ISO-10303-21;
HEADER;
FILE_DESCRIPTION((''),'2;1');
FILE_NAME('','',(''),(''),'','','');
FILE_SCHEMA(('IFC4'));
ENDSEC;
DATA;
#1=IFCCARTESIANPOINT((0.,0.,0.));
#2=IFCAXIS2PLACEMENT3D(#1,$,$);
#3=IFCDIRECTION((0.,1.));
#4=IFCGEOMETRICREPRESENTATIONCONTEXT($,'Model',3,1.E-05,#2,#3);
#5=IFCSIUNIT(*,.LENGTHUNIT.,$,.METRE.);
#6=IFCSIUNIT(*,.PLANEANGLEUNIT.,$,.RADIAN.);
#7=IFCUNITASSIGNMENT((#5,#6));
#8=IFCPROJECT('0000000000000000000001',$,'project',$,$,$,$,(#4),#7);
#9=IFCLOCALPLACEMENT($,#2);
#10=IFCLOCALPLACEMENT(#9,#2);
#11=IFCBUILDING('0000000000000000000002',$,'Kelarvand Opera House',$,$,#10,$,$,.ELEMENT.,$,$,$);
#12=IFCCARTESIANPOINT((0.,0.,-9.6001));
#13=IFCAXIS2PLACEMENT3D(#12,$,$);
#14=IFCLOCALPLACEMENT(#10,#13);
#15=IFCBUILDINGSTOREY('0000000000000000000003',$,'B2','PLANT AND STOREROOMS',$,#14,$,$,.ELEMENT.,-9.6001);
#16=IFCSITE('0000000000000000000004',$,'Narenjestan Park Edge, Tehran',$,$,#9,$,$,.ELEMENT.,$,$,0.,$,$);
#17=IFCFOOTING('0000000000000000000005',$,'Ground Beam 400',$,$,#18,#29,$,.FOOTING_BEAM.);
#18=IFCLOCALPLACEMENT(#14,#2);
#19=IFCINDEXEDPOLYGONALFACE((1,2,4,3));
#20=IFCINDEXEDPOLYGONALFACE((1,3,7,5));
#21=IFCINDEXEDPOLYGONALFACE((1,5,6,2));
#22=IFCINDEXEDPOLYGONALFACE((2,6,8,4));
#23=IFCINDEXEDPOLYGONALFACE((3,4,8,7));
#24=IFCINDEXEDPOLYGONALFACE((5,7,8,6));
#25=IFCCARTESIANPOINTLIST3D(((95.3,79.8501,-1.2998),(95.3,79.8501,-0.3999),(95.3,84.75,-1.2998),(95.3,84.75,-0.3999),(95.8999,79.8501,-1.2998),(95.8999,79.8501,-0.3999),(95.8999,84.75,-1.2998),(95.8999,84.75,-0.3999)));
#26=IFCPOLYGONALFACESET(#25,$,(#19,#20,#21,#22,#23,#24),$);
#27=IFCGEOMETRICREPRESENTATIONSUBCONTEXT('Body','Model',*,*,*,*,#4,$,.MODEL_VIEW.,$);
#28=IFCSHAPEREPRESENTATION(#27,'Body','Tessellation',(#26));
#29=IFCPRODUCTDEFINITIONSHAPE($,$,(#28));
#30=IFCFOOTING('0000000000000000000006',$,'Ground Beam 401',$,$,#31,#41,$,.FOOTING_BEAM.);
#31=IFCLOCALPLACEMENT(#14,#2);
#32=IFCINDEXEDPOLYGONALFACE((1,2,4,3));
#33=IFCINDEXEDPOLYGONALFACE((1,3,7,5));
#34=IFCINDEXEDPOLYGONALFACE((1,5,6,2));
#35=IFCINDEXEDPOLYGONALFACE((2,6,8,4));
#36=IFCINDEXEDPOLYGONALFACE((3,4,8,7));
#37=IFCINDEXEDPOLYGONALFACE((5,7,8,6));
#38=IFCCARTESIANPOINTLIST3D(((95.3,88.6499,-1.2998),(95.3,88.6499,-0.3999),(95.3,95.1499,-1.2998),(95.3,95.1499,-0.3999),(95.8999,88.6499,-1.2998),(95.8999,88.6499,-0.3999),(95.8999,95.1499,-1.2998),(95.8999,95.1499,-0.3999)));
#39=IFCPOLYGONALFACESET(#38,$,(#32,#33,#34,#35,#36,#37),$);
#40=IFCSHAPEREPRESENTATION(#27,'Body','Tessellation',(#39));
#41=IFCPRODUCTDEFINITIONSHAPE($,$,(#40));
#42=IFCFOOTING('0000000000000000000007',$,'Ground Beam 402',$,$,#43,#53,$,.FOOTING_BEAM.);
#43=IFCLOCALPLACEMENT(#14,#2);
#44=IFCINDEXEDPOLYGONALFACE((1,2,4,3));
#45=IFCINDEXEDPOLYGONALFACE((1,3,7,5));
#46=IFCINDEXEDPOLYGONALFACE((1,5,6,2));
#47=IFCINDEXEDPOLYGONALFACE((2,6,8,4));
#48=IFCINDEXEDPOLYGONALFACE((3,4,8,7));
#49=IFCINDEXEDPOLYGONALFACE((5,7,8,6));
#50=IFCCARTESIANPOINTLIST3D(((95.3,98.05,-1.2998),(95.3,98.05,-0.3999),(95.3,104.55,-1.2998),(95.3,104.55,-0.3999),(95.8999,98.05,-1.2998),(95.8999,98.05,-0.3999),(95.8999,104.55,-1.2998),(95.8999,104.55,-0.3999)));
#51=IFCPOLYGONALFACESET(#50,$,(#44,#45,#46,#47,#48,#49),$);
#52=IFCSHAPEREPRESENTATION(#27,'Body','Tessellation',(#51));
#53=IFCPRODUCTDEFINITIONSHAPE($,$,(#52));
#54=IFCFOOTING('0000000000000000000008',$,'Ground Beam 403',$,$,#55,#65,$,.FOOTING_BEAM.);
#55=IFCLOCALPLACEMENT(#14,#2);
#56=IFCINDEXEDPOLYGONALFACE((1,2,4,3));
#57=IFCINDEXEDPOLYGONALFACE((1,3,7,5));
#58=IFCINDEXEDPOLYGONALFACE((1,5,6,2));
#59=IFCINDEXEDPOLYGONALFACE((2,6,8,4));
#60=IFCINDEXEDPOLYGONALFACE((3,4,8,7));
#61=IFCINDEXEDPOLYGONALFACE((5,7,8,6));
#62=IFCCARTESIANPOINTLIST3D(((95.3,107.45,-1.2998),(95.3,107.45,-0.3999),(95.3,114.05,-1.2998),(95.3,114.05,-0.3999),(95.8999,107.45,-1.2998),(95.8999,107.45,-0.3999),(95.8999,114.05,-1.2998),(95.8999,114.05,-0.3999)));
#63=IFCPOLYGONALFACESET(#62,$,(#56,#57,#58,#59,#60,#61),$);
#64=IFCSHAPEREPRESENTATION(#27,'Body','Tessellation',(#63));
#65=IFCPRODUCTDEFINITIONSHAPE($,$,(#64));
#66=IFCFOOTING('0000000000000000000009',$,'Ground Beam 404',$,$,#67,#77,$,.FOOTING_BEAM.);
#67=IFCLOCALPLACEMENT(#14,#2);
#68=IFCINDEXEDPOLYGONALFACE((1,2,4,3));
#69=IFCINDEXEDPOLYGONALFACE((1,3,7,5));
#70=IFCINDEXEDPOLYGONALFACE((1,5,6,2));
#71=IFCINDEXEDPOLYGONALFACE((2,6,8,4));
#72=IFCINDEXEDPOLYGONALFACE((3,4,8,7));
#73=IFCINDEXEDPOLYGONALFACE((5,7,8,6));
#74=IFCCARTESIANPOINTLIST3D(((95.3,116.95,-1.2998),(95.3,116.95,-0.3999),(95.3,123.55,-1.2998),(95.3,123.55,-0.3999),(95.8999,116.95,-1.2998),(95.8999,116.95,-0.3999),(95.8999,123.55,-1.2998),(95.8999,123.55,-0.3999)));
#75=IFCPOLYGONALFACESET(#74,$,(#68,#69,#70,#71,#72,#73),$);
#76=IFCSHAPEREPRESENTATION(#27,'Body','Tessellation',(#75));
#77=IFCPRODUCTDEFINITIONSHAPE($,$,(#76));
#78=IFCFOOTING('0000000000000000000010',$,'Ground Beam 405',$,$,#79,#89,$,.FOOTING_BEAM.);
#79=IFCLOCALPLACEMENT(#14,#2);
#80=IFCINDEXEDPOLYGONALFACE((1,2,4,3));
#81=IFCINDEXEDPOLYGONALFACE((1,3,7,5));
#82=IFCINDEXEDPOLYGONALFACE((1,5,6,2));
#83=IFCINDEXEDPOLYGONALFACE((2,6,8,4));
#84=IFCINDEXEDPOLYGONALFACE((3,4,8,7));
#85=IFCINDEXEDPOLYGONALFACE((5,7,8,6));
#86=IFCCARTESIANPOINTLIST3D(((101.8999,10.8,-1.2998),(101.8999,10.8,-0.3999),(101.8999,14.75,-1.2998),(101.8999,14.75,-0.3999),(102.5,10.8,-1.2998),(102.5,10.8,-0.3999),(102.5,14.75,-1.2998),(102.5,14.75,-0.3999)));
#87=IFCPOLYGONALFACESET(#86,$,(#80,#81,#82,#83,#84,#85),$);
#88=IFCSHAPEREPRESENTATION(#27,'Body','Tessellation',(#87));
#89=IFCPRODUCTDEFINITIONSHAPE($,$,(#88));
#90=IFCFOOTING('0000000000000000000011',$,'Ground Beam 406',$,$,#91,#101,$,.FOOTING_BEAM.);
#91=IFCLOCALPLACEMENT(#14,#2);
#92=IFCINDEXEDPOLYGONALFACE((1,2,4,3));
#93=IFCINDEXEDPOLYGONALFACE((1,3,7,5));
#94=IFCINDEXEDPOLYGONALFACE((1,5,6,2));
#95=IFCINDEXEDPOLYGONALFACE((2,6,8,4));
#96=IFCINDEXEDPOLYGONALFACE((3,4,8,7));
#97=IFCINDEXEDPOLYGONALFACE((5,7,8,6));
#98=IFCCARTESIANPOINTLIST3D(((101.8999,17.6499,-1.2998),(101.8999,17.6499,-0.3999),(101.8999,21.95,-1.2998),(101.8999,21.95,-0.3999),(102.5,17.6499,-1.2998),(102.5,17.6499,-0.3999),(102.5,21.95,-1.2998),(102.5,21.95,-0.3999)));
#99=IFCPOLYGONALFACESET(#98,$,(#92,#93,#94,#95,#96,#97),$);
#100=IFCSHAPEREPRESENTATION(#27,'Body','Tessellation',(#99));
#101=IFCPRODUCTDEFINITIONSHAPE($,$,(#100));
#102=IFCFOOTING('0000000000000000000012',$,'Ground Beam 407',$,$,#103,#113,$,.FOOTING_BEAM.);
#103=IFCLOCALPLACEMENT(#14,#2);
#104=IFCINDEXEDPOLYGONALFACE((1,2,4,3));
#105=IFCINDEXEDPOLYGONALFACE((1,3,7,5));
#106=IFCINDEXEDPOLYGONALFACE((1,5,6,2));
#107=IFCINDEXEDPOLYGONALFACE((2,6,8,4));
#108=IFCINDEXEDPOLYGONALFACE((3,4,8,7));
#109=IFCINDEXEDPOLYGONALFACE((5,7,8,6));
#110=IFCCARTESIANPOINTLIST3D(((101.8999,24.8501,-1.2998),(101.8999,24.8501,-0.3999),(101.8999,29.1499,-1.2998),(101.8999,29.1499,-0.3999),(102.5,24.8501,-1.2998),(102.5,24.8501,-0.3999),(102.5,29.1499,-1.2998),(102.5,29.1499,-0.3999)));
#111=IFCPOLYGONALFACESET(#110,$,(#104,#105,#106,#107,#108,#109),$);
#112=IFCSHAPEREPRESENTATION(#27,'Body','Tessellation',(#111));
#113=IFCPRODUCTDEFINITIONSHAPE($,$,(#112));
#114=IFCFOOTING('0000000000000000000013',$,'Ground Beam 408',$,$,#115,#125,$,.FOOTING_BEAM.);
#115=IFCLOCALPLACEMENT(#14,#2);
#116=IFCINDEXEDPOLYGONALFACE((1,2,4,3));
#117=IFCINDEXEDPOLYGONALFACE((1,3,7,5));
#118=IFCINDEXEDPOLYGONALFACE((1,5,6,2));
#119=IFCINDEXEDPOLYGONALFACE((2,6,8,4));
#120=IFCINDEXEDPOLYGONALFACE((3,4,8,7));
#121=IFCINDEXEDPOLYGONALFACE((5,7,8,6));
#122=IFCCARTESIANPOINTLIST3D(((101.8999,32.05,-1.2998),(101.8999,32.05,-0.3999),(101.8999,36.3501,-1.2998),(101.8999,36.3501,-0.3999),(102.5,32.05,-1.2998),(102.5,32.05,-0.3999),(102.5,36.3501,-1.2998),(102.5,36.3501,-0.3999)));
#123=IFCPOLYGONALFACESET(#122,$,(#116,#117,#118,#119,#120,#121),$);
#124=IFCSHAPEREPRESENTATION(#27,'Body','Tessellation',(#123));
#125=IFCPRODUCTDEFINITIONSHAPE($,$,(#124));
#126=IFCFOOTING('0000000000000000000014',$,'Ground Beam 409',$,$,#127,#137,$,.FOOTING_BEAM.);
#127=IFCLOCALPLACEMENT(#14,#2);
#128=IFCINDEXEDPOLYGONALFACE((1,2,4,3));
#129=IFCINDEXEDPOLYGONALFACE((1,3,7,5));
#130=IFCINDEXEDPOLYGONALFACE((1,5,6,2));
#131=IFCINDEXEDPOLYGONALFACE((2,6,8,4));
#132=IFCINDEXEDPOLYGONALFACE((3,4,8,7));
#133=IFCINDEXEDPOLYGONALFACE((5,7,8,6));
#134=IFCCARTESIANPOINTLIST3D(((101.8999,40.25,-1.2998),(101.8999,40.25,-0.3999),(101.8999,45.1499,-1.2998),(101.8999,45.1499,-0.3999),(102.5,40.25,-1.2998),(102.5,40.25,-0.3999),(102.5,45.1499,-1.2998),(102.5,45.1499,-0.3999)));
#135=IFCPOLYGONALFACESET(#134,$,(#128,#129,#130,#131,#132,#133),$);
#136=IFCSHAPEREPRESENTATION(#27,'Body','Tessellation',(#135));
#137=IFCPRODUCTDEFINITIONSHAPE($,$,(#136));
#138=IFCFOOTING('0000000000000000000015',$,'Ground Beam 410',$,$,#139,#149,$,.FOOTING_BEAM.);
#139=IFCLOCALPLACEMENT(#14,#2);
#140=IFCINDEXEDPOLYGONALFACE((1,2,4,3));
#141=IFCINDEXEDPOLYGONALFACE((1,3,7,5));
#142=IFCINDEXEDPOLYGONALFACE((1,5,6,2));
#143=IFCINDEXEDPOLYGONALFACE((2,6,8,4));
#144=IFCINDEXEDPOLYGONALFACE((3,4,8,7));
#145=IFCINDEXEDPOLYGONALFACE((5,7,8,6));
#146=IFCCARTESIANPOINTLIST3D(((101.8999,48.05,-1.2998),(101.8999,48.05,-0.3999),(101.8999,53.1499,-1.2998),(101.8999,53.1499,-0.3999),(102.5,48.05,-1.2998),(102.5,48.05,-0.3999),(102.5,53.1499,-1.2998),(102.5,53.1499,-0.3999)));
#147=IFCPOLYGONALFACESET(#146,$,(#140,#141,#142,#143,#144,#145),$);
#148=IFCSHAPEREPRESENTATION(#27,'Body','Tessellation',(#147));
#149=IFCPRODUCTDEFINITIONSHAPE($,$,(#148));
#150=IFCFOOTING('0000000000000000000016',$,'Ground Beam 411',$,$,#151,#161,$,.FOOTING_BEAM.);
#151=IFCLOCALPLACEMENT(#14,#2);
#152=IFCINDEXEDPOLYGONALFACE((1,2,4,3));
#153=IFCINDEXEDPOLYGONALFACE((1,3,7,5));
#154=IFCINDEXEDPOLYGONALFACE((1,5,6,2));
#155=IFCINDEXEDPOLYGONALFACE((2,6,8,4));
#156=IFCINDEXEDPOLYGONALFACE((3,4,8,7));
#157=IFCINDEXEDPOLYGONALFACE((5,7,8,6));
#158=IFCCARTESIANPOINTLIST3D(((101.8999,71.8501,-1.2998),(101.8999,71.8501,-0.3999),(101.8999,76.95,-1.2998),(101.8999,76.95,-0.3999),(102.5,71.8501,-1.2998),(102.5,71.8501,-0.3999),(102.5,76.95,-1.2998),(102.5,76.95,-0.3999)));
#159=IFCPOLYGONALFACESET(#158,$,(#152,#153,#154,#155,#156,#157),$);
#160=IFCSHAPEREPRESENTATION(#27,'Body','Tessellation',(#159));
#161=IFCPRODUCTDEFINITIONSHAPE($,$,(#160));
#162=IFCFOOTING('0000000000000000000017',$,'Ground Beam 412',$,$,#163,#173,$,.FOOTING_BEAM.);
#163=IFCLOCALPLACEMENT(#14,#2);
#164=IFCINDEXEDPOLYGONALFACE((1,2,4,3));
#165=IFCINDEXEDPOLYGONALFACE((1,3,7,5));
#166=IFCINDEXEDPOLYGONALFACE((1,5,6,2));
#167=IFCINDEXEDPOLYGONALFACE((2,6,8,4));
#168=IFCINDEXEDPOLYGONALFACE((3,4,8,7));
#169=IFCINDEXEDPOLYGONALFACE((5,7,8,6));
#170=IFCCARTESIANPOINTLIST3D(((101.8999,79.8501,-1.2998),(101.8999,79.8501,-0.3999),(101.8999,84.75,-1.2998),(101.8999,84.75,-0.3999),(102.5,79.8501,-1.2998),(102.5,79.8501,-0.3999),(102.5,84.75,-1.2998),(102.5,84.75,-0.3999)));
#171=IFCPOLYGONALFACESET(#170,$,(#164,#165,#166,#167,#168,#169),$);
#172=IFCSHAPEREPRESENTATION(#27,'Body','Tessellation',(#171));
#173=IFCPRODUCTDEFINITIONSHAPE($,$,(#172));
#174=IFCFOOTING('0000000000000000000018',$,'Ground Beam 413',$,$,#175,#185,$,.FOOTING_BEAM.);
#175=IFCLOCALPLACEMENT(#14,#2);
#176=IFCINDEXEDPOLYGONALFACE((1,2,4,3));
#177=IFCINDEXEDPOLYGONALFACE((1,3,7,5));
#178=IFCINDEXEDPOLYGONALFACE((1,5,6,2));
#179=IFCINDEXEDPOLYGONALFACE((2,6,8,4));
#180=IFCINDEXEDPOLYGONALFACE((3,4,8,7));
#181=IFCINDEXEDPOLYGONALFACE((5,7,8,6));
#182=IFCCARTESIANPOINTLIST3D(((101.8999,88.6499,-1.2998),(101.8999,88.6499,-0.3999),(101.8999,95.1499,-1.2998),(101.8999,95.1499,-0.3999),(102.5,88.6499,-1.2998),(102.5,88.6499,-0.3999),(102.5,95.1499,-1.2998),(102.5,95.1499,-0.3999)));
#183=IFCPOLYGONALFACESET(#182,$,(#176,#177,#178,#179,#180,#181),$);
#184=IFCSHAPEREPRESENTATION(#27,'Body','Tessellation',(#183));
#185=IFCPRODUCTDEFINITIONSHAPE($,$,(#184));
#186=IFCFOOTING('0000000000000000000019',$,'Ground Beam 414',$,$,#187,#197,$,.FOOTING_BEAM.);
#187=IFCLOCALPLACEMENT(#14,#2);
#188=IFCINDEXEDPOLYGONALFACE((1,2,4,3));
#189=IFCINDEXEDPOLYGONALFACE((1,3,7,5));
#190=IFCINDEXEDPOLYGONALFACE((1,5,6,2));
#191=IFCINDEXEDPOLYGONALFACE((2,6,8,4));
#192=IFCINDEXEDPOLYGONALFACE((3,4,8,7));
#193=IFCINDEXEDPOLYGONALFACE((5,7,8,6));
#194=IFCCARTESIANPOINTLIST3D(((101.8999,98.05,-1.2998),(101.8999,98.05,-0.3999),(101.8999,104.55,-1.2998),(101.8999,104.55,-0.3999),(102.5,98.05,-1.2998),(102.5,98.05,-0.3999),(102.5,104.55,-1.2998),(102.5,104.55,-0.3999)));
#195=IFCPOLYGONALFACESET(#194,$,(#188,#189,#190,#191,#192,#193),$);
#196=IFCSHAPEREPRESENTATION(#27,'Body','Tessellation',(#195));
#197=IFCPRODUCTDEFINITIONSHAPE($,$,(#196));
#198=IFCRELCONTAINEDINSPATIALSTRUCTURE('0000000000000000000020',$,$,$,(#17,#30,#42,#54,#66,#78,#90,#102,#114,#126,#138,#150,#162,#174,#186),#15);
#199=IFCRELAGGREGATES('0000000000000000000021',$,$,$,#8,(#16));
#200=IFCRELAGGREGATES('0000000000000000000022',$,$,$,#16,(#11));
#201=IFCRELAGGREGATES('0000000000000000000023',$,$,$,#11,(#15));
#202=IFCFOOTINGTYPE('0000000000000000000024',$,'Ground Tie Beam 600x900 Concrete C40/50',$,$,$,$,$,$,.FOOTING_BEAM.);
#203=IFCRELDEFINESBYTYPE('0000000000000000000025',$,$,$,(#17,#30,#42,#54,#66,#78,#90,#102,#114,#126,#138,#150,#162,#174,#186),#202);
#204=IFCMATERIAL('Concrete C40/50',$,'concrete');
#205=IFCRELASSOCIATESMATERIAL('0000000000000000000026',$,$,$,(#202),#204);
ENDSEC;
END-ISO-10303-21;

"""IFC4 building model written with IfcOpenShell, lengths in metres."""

from ifc_helpers import new_model, si_unit, direction, frame, origin, place, context, subcontext, project, spatial, polyline, outline, extrude, material, type_object, element, save


model = new_model("IFC4")

# Units and contexts
model_context = context("Model", 3, precision=1e-05, world=origin(), true_north=direction((0.0, 1.0)))
body_context = subcontext(model_context, "Body", "Model", "MODEL_VIEW")
ifc_project = project(units=[si_unit("LENGTHUNIT", "METRE"), si_unit("PLANEANGLEUNIT", "RADIAN")], contexts=[model_context])

# Site, building, storey
site_placement = place(None, origin())
site = spatial("IfcSite", under=ifc_project, at=site_placement, Name="Narenjestan Park Edge, Tehran", CompositionType="ELEMENT", RefElevation=0.0)
building_placement = place(site_placement, origin())
building = spatial("IfcBuilding", under=site, at=building_placement, Name="Kelarvand Opera House", CompositionType="ELEMENT")
storey_placement = place(building_placement, frame((0.0, 0.0, -9.6001)))
storey = spatial("IfcBuildingStorey", under=building, at=storey_placement, Name="B2", Description="PLANT AND STOREROOMS", CompositionType="ELEMENT", Elevation=-9.6001)

# Footings
ifc_material = material(Name="Concrete C40/50", Category="concrete")
footing_type = type_object("IfcFootingType", Name="Ground Tie Beam 600x900 Concrete C40/50", PredefinedType="FOOTING_BEAM", material=ifc_material)
footing_1_placement = place(storey_placement, frame((0.0, 0.0, -1.2998)))
element("IfcFooting", 1, at=footing_1_placement, inside=storey, type_object=footing_type, Name="Ground Beam 400", PredefinedType="FOOTING_BEAM", context=body_context, shape_type="SweptSolid", body=[
    extrude(outline(polyline([(95.3, 79.8501), (95.8999, 79.8501), (95.8999, 84.75), (95.3, 84.75), (95.3, 79.8501)])), origin(), (0.0, 0.0, 1.0), 0.8999),
])
footing_2_placement = place(storey_placement, frame((0.0, 0.0, -1.2998)))
element("IfcFooting", 2, at=footing_2_placement, inside=storey, type_object=footing_type, Name="Ground Beam 401", PredefinedType="FOOTING_BEAM", context=body_context, shape_type="SweptSolid", body=[
    extrude(outline(polyline([(95.3, 88.6499), (95.8999, 88.6499), (95.8999, 95.1499), (95.3, 95.1499), (95.3, 88.6499)])), origin(), (0.0, 0.0, 1.0), 0.8999),
])
footing_3_placement = place(storey_placement, frame((0.0, 0.0, -1.2998)))
element("IfcFooting", 3, at=footing_3_placement, inside=storey, type_object=footing_type, Name="Ground Beam 402", PredefinedType="FOOTING_BEAM", context=body_context, shape_type="SweptSolid", body=[
    extrude(outline(polyline([(95.3, 98.05), (95.8999, 98.05), (95.8999, 104.55), (95.3, 104.55), (95.3, 98.05)])), origin(), (0.0, 0.0, 1.0), 0.8999),
])
footing_4_placement = place(storey_placement, frame((0.0, 0.0, -1.2998)))
element("IfcFooting", 4, at=footing_4_placement, inside=storey, type_object=footing_type, Name="Ground Beam 403", PredefinedType="FOOTING_BEAM", context=body_context, shape_type="SweptSolid", body=[
    extrude(outline(polyline([(95.3, 107.45), (95.8999, 107.45), (95.8999, 114.05), (95.3, 114.05), (95.3, 107.45)])), origin(), (0.0, 0.0, 1.0), 0.8999),
])
footing_5_placement = place(storey_placement, frame((0.0, 0.0, -1.2998)))
element("IfcFooting", 5, at=footing_5_placement, inside=storey, type_object=footing_type, Name="Ground Beam 404", PredefinedType="FOOTING_BEAM", context=body_context, shape_type="SweptSolid", body=[
    extrude(outline(polyline([(95.3, 116.95), (95.8999, 116.95), (95.8999, 123.55), (95.3, 123.55), (95.3, 116.95)])), origin(), (0.0, 0.0, 1.0), 0.8999),
])
footing_6_placement = place(storey_placement, frame((0.0, 0.0, -1.2998)))
element("IfcFooting", 6, at=footing_6_placement, inside=storey, type_object=footing_type, Name="Ground Beam 405", PredefinedType="FOOTING_BEAM", context=body_context, shape_type="SweptSolid", body=[
    extrude(outline(polyline([(101.8999, 10.8), (102.5, 10.8), (102.5, 14.75), (101.8999, 14.75), (101.8999, 10.8)])), origin(), (0.0, 0.0, 1.0), 0.8999),
])
footing_7_placement = place(storey_placement, frame((0.0, 0.0, -1.2998)))
element("IfcFooting", 7, at=footing_7_placement, inside=storey, type_object=footing_type, Name="Ground Beam 406", PredefinedType="FOOTING_BEAM", context=body_context, shape_type="SweptSolid", body=[
    extrude(outline(polyline([(101.8999, 17.6499), (102.5, 17.6499), (102.5, 21.95), (101.8999, 21.95), (101.8999, 17.6499)])), origin(), (0.0, 0.0, 1.0), 0.8999),
])
footing_8_placement = place(storey_placement, frame((0.0, 0.0, -1.2998)))
element("IfcFooting", 8, at=footing_8_placement, inside=storey, type_object=footing_type, Name="Ground Beam 407", PredefinedType="FOOTING_BEAM", context=body_context, shape_type="SweptSolid", body=[
    extrude(outline(polyline([(101.8999, 24.8501), (102.5, 24.8501), (102.5, 29.1499), (101.8999, 29.1499), (101.8999, 24.8501)])), origin(), (0.0, 0.0, 1.0), 0.8999),
])
footing_9_placement = place(storey_placement, frame((0.0, 0.0, -1.2998)))
element("IfcFooting", 9, at=footing_9_placement, inside=storey, type_object=footing_type, Name="Ground Beam 408", PredefinedType="FOOTING_BEAM", context=body_context, shape_type="SweptSolid", body=[
    extrude(outline(polyline([(101.8999, 32.05), (102.5, 32.05), (102.5, 36.3501), (101.8999, 36.3501), (101.8999, 32.05)])), origin(), (0.0, 0.0, 1.0), 0.8999),
])
footing_10_placement = place(storey_placement, frame((0.0, 0.0, -1.2998)))
element("IfcFooting", 10, at=footing_10_placement, inside=storey, type_object=footing_type, Name="Ground Beam 409", PredefinedType="FOOTING_BEAM", context=body_context, shape_type="SweptSolid", body=[
    extrude(outline(polyline([(101.8999, 40.25), (102.5, 40.25), (102.5, 45.1499), (101.8999, 45.1499), (101.8999, 40.25)])), origin(), (0.0, 0.0, 1.0), 0.8999),
])
footing_11_placement = place(storey_placement, frame((0.0, 0.0, -1.2998)))
element("IfcFooting", 11, at=footing_11_placement, inside=storey, type_object=footing_type, Name="Ground Beam 410", PredefinedType="FOOTING_BEAM", context=body_context, shape_type="SweptSolid", body=[
    extrude(outline(polyline([(101.8999, 48.05), (102.5, 48.05), (102.5, 53.1499), (101.8999, 53.1499), (101.8999, 48.05)])), origin(), (0.0, 0.0, 1.0), 0.8999),
])
footing_12_placement = place(storey_placement, frame((0.0, 0.0, -1.2998)))
element("IfcFooting", 12, at=footing_12_placement, inside=storey, type_object=footing_type, Name="Ground Beam 411", PredefinedType="FOOTING_BEAM", context=body_context, shape_type="SweptSolid", body=[
    extrude(outline(polyline([(101.8999, 71.8501), (102.5, 71.8501), (102.5, 76.95), (101.8999, 76.95), (101.8999, 71.8501)])), origin(), (0.0, 0.0, 1.0), 0.8999),
])
footing_13_placement = place(storey_placement, frame((0.0, 0.0, -1.2998)))
element("IfcFooting", 13, at=footing_13_placement, inside=storey, type_object=footing_type, Name="Ground Beam 412", PredefinedType="FOOTING_BEAM", context=body_context, shape_type="SweptSolid", body=[
    extrude(outline(polyline([(101.8999, 79.8501), (102.5, 79.8501), (102.5, 84.75), (101.8999, 84.75), (101.8999, 79.8501)])), origin(), (0.0, 0.0, 1.0), 0.8999),
])
footing_14_placement = place(storey_placement, frame((0.0, 0.0, -1.2998)))
element("IfcFooting", 14, at=footing_14_placement, inside=storey, type_object=footing_type, Name="Ground Beam 413", PredefinedType="FOOTING_BEAM", context=body_context, shape_type="SweptSolid", body=[
    extrude(outline(polyline([(101.8999, 88.6499), (102.5, 88.6499), (102.5, 95.1499), (101.8999, 95.1499), (101.8999, 88.6499)])), origin(), (0.0, 0.0, 1.0), 0.8999),
])
footing_15_placement = place(storey_placement, frame((0.0, 0.0, -1.2998)))
element("IfcFooting", 15, at=footing_15_placement, inside=storey, type_object=footing_type, Name="Ground Beam 414", PredefinedType="FOOTING_BEAM", context=body_context, shape_type="SweptSolid", body=[
    extrude(outline(polyline([(101.8999, 98.05), (102.5, 98.05), (102.5, 104.55), (101.8999, 104.55), (101.8999, 98.05)])), origin(), (0.0, 0.0, 1.0), 0.8999),
])

save(model, "model.ifc")
